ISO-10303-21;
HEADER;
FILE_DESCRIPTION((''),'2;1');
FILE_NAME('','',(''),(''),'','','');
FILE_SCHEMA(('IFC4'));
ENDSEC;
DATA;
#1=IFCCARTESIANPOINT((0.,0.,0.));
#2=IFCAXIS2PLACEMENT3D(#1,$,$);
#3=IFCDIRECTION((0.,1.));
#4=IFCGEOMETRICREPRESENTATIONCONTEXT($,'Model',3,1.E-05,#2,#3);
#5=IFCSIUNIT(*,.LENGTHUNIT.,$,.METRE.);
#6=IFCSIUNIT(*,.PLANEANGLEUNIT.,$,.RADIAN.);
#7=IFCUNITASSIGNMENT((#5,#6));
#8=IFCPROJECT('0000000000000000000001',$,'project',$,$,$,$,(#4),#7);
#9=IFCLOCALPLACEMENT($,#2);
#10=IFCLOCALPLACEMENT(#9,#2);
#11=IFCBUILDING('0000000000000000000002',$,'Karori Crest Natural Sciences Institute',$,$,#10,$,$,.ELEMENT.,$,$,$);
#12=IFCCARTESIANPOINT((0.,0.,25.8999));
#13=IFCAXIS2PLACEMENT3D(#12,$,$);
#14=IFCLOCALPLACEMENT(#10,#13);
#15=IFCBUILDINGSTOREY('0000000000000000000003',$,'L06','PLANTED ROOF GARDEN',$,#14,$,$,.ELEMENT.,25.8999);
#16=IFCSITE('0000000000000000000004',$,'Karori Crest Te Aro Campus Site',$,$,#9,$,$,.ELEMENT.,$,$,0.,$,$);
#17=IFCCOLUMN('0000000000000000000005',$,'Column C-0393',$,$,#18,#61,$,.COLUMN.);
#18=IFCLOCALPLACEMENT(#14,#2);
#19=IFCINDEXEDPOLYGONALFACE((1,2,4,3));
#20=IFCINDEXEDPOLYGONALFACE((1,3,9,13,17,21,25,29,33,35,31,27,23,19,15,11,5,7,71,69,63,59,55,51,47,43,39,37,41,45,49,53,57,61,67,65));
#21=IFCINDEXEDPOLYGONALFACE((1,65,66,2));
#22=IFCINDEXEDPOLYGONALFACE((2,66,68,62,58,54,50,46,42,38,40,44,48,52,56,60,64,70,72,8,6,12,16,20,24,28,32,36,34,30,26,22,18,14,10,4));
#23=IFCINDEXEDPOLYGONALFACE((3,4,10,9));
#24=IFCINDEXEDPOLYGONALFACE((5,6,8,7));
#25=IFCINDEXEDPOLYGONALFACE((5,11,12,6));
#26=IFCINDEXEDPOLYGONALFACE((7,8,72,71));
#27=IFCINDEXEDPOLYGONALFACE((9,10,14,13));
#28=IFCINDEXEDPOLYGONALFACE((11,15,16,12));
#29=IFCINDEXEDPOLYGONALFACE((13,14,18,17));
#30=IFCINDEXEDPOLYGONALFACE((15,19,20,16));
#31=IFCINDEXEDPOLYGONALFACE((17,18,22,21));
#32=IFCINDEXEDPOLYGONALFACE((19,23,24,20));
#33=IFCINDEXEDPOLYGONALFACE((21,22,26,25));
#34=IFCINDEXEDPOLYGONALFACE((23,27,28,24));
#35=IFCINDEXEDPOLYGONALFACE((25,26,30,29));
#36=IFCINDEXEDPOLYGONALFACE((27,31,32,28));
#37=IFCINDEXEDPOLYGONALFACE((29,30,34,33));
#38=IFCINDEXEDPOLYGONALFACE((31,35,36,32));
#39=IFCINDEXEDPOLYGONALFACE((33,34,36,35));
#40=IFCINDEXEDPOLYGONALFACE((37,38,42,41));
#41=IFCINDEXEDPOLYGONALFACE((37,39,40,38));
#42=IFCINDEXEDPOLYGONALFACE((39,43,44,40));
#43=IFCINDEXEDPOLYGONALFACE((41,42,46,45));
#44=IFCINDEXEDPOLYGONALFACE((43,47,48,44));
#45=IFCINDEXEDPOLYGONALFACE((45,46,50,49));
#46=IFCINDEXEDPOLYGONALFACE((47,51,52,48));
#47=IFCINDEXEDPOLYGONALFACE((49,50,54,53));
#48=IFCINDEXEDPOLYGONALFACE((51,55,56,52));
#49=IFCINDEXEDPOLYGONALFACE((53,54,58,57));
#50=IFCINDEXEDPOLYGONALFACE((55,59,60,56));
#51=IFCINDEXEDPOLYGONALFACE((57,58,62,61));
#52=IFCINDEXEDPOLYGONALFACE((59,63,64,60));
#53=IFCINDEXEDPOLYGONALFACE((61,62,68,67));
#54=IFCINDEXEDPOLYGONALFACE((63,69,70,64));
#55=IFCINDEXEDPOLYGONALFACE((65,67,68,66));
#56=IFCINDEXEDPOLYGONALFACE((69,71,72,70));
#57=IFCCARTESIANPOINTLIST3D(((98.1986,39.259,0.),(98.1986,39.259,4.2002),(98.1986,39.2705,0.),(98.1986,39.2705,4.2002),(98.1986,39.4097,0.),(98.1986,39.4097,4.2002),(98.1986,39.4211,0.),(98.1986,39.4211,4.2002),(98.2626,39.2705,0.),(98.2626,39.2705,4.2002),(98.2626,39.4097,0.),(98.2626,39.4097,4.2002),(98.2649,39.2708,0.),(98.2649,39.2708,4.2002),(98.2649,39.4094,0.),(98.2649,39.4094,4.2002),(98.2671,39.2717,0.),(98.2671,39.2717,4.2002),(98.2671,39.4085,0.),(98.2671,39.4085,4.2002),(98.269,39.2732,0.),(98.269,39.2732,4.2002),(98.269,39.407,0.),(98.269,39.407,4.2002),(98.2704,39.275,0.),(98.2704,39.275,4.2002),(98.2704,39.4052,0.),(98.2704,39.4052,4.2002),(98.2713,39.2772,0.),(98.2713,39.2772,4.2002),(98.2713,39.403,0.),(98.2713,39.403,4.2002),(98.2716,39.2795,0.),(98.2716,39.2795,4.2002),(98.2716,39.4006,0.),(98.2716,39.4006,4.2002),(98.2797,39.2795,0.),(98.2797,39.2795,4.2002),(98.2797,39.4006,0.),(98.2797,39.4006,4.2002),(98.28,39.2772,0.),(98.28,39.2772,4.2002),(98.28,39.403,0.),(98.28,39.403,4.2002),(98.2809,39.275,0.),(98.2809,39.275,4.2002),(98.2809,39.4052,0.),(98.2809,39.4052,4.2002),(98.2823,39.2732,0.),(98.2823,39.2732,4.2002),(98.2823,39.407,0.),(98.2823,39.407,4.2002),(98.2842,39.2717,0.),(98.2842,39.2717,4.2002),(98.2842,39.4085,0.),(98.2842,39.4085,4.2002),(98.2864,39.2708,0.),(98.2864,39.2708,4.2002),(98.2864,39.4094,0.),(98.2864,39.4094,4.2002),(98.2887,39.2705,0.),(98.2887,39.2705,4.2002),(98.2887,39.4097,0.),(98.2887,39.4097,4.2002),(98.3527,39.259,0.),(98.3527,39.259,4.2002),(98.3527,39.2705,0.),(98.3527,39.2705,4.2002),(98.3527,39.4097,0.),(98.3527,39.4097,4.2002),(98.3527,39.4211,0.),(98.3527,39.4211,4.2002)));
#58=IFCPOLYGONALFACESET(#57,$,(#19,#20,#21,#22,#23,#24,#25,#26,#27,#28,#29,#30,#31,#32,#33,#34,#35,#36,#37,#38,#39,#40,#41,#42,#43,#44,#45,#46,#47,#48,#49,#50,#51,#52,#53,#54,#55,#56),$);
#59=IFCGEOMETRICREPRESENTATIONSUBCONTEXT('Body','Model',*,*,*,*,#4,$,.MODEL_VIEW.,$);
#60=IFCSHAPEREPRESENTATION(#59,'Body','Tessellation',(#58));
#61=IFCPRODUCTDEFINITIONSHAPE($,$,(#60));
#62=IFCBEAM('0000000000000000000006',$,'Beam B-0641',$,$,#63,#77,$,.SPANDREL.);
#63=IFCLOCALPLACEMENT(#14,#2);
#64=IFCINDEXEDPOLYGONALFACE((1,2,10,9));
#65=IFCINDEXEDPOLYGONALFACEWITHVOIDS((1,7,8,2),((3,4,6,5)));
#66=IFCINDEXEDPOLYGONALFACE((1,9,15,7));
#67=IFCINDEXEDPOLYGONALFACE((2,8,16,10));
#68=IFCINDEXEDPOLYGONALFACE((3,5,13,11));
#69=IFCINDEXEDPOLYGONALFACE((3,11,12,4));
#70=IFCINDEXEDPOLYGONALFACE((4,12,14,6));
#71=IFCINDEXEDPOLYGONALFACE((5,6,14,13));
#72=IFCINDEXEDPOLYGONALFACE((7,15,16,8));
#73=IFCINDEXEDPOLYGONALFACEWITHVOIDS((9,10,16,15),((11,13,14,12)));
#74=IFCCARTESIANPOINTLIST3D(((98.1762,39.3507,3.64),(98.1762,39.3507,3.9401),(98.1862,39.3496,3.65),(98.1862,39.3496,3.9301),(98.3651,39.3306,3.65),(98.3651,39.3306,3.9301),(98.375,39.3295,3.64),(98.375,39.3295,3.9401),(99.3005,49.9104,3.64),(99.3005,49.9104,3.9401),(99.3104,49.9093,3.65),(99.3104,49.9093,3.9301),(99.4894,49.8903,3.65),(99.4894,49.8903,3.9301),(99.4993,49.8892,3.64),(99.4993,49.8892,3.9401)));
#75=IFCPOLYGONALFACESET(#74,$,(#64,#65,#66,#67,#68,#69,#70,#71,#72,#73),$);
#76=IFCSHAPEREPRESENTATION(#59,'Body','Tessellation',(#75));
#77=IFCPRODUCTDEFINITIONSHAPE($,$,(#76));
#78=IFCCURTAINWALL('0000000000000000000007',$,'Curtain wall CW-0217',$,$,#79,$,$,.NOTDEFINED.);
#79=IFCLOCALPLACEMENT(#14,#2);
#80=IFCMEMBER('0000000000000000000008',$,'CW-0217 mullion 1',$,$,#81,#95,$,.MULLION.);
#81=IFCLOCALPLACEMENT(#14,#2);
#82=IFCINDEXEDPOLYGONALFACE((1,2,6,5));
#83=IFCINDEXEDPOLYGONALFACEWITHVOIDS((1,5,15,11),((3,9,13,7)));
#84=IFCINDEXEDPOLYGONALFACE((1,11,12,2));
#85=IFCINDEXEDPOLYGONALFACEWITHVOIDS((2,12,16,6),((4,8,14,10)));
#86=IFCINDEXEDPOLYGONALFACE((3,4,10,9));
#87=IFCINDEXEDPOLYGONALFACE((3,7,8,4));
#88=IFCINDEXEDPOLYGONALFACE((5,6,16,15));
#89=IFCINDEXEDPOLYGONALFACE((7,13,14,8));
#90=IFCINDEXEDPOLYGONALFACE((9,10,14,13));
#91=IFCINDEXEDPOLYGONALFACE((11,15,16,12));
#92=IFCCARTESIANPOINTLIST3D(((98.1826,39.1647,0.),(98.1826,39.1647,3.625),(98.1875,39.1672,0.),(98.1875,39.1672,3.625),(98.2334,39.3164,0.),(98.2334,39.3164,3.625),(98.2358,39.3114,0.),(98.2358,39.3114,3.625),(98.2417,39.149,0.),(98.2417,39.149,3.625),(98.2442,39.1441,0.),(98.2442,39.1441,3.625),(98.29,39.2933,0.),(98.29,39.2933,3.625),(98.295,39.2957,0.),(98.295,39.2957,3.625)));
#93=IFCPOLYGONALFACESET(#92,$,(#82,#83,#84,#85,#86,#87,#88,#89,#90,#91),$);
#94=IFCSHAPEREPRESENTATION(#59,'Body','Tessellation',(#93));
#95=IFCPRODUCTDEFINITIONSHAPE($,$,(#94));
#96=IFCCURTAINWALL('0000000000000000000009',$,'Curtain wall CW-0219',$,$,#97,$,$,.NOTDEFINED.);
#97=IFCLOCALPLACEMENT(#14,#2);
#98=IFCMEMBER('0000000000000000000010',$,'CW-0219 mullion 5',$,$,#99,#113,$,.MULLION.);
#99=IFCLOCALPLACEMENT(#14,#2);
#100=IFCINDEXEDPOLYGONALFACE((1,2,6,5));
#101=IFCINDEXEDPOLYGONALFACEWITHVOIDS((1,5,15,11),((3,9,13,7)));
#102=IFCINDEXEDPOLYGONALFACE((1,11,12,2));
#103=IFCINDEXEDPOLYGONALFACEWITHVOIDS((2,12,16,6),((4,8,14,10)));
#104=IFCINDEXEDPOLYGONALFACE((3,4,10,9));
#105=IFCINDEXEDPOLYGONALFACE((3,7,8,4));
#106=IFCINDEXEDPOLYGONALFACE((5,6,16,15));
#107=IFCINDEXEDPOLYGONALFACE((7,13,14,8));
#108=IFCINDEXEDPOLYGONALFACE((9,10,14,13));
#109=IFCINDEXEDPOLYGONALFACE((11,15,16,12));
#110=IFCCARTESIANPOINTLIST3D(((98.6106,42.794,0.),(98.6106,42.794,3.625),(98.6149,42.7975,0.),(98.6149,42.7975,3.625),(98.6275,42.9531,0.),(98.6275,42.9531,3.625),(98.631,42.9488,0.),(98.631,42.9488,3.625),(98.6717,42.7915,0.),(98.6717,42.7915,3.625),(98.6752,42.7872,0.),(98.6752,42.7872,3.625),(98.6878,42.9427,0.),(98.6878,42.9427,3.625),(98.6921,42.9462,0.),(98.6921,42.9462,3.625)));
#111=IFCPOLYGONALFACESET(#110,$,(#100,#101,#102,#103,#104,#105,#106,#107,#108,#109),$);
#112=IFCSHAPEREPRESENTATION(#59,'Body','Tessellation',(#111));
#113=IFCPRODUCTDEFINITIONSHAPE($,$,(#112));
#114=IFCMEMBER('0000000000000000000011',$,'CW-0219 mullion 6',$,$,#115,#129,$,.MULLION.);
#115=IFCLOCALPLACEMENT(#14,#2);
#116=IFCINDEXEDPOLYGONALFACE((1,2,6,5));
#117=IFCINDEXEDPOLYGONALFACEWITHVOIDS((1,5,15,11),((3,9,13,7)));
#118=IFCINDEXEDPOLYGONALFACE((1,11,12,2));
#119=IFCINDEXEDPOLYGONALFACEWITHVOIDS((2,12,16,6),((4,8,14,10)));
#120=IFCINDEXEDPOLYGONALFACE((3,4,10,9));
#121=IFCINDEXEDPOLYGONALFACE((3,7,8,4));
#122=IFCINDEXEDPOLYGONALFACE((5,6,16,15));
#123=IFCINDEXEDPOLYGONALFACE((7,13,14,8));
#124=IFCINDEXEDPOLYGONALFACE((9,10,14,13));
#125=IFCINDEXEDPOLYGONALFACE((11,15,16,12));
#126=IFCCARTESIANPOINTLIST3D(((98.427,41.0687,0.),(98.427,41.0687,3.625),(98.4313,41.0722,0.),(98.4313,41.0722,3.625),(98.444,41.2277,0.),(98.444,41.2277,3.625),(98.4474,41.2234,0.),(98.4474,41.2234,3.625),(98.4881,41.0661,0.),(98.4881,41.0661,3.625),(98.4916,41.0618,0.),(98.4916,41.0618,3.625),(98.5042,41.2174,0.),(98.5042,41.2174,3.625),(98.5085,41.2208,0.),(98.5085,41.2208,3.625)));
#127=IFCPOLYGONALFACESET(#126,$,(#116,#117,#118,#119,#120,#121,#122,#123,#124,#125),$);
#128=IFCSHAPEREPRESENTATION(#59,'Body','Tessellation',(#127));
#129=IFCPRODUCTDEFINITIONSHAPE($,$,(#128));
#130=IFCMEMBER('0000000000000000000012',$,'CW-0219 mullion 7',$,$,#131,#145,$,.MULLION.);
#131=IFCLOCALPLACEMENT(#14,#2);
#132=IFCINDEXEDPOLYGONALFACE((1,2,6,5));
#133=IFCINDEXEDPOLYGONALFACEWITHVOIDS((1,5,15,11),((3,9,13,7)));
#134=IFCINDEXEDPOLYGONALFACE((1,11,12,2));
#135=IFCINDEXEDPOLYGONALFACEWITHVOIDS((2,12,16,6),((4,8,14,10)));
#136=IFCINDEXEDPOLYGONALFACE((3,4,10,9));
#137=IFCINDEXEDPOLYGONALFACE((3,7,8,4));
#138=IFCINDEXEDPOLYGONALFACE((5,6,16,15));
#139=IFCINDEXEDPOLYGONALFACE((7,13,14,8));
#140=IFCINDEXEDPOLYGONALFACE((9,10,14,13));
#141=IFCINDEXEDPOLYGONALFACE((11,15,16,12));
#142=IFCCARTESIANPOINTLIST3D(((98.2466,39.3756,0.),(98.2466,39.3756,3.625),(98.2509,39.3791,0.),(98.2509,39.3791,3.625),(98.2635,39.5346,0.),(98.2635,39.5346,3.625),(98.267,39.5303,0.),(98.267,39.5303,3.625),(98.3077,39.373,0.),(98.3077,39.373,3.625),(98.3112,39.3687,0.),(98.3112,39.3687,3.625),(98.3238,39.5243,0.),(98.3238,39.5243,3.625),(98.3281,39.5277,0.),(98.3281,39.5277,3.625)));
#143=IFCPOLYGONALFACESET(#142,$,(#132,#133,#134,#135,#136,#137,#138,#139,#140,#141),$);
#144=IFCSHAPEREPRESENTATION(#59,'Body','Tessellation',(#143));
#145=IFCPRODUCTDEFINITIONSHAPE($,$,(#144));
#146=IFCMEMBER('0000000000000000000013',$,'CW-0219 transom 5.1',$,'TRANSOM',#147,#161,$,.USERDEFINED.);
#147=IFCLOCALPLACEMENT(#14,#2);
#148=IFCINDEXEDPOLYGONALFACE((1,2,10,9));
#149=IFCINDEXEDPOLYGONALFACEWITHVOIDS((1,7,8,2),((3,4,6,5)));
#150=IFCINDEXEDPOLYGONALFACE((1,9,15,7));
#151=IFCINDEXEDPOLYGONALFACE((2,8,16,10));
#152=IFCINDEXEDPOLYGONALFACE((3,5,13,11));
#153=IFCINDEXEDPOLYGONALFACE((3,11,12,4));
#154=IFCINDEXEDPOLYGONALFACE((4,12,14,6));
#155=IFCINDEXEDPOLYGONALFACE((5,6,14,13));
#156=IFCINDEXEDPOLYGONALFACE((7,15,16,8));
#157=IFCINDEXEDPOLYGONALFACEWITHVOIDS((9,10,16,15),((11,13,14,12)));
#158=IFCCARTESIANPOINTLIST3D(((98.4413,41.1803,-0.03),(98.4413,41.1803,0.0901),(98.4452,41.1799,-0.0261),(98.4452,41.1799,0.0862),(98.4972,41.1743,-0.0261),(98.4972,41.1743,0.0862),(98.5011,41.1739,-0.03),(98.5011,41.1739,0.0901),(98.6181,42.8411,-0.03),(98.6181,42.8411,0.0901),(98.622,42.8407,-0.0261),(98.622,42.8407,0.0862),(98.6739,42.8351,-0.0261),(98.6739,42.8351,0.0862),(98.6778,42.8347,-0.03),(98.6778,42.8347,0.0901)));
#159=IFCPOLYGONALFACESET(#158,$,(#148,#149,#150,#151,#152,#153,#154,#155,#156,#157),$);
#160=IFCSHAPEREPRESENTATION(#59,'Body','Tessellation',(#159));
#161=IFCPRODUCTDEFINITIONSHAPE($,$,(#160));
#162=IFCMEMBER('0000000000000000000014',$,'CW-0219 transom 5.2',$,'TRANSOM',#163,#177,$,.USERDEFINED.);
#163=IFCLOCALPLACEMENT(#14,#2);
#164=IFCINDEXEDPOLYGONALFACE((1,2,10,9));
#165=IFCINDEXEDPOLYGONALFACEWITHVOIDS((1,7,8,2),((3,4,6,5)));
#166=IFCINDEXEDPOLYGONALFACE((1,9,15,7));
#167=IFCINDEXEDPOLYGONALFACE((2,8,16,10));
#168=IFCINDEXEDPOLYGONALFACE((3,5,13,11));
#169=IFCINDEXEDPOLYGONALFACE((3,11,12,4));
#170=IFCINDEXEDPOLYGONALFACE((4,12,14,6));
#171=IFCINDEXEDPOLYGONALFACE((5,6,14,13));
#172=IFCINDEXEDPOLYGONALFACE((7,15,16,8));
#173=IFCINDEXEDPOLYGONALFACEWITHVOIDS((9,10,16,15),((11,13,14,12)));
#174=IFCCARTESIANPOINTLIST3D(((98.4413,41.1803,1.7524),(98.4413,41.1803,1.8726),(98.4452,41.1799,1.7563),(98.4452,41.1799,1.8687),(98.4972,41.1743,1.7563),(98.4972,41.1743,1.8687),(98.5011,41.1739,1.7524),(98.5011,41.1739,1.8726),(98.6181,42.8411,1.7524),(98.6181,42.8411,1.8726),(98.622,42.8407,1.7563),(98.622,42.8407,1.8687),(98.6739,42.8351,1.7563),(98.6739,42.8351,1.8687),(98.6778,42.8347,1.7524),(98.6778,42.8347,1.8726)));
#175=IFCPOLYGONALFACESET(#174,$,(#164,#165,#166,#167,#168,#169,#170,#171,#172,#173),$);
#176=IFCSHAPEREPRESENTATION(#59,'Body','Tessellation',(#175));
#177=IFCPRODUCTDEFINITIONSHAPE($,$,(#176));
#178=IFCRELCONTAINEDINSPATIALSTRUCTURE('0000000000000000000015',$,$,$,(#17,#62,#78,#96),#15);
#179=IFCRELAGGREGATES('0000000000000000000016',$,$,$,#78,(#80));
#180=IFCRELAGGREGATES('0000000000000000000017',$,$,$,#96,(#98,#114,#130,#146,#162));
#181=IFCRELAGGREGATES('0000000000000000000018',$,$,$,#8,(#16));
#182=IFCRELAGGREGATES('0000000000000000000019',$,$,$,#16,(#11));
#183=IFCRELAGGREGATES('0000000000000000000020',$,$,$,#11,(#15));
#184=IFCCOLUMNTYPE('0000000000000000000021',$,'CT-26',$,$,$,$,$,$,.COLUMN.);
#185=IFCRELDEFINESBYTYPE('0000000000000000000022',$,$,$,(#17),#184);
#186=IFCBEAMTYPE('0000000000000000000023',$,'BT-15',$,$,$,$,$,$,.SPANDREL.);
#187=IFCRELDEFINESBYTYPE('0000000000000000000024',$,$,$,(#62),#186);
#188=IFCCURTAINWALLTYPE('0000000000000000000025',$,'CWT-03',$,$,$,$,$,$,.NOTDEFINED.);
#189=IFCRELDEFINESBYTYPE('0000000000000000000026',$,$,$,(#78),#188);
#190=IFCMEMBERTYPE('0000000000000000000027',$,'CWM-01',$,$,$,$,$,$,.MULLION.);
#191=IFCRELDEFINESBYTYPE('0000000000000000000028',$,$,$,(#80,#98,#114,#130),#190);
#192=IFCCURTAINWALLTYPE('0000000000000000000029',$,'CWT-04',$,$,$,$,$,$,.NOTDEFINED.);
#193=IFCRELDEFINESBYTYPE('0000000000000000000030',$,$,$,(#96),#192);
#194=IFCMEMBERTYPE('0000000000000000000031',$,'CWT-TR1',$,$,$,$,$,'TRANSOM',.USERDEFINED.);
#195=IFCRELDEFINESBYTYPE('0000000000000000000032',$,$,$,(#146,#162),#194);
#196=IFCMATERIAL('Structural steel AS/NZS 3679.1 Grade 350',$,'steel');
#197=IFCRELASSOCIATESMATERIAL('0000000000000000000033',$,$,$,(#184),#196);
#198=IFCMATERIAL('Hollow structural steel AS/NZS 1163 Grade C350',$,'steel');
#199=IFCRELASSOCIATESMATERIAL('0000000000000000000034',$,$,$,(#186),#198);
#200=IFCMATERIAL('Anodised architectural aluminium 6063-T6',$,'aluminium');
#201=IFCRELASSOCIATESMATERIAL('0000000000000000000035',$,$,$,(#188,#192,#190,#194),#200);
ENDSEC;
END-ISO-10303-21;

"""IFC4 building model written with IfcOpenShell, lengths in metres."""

from ifc_helpers import new_model, si_unit, direction, frame, origin, origin_2d, place, context, subcontext, project, spatial, hollow_rectangle, i_section, extrude, material, material_profile, profile_set, type_object, element, aggregate, save


model = new_model("IFC4")

# Units and contexts
model_context = context("Model", 3, precision=1e-05, world=origin(), true_north=direction((0.0, 1.0)))
body_context = subcontext(model_context, "Body", "Model", "MODEL_VIEW")
ifc_project = project(units=[si_unit("LENGTHUNIT", "METRE"), si_unit("PLANEANGLEUNIT", "RADIAN")], contexts=[model_context])

# Site, building, storey
site_placement = place(None, origin())
site = spatial("IfcSite", under=ifc_project, at=site_placement, Name="Karori Crest Te Aro Campus Site", CompositionType="ELEMENT", RefElevation=0.0)
building_placement = place(site_placement, origin())
building = spatial("IfcBuilding", under=site, at=building_placement, Name="Karori Crest Natural Sciences Institute", CompositionType="ELEMENT")
storey_placement = place(building_placement, frame((0.0, 0.0, 25.8999)))
storey = spatial("IfcBuildingStorey", under=building, at=storey_placement, Name="L06", Description="PLANTED ROOF GARDEN", CompositionType="ELEMENT", Elevation=25.8999)

# Column
ifc_material_1 = material(Name="Structural steel AS/NZS 3679.1 Grade 350", Category="steel")
ifc_material_profile_1 = material_profile(ifc_material_1, i_section(OverallWidth=0.1541, OverallDepth=0.1621, WebThickness=0.0081, FlangeThickness=0.0115, FilletRadius=0.009, at=origin_2d()), Name="150UC37.2")
ifc_profile_set_1 = profile_set([ifc_material_profile_1], Name="Structural steel AS/NZS 3679.1 Grade 350")
column_type = type_object("IfcColumnType", Name="CT-26", PredefinedType="COLUMN", material=ifc_profile_set_1)
column_placement = place(storey_placement, frame((98.2756, 39.3401, 0.0), z_axis=(0.0, 0.0, 1.0), x_axis=(1.0, 0.0, 0.0)))
element("IfcColumn", 1, at=column_placement, inside=storey, type_object=column_type, Name="Column C-0393", PredefinedType="COLUMN", context=body_context, shape_type="SweptSolid", body=[
    extrude(i_section(OverallWidth=0.1541, OverallDepth=0.1621, WebThickness=0.0081, FlangeThickness=0.0115, FilletRadius=0.009, at=origin_2d()), origin(), (0.0, 0.0, 1.0), 4.2002),
])

# Beam
ifc_material_2 = material(Name="Hollow structural steel AS/NZS 1163 Grade C350", Category="steel")
ifc_material_profile_2 = material_profile(ifc_material_2, hollow_rectangle(XDim=0.2, YDim=0.3, WallThickness=0.01, at=origin_2d()), Name="RHS300x200x10")
ifc_profile_set_2 = profile_set([ifc_material_profile_2], Name="Hollow structural steel AS/NZS 1163 Grade C350")
beam_type = type_object("IfcBeamType", Name="BT-15", PredefinedType="SPANDREL", material=ifc_profile_set_2)
beam_placement = place(storey_placement, frame((98.2756, 39.3401, 3.79), z_axis=(0.105868, 0.99438, 0.0), x_axis=(-0.99438, 0.105868, 0.0)))
element("IfcBeam", 2, at=beam_placement, inside=storey, type_object=beam_type, Name="Beam B-0641", PredefinedType="SPANDREL", context=body_context, shape_type="SweptSolid", body=[
    extrude(hollow_rectangle(XDim=0.2, YDim=0.3, WallThickness=0.01, at=origin_2d()), origin(), (0.0, 0.0, 1.0), 10.6194),
])

# Curtain wall, member
ifc_material_3 = material(Name="Anodised architectural aluminium 6063-T6", Category="aluminium")
curtain_wall_type_1 = type_object("IfcCurtainWallType", Name="CWT-03", PredefinedType="NOTDEFINED", material=ifc_material_3)
curtain_wall_1_placement = place(storey_placement, origin())
curtain_wall_1 = element("IfcCurtainWall", 3, at=curtain_wall_1_placement, inside=storey, type_object=curtain_wall_type_1, Name="Curtain wall CW-0217", PredefinedType="NOTDEFINED")
ifc_material_profile_3 = material_profile(ifc_material_3, hollow_rectangle(XDim=0.0649, YDim=0.1599, WallThickness=0.0039, at=origin_2d()), Name="CWM160x65x4")
ifc_profile_set_3 = profile_set([ifc_material_profile_3], Name="Anodised architectural aluminium 6063-T6")
member_type_1 = type_object("IfcMemberType", Name="CWM-01", PredefinedType="MULLION", material=ifc_profile_set_3)
member_1_placement = place(storey_placement, frame((98.2388, 39.2302, 0.0), z_axis=(0.0, 0.0, 1.0), x_axis=(0.948198, -0.31768, 0.0)))
member_1 = element("IfcMember", 4, at=member_1_placement, type_object=member_type_1, Name="CW-0217 mullion 1", PredefinedType="MULLION", context=body_context, shape_type="SweptSolid", body=[
    extrude(hollow_rectangle(XDim=0.0649, YDim=0.1599, WallThickness=0.0039, at=origin_2d()), origin(), (0.0, 0.0, 1.0), 3.625),
])

# Curtain wall, members
curtain_wall_type_2 = type_object("IfcCurtainWallType", Name="CWT-04", PredefinedType="NOTDEFINED", material=ifc_material_3)
curtain_wall_2_placement = place(storey_placement, origin())
curtain_wall_2 = element("IfcCurtainWall", 5, at=curtain_wall_2_placement, inside=storey, type_object=curtain_wall_type_2, Name="Curtain wall CW-0219", PredefinedType="NOTDEFINED")
member_2_placement = place(storey_placement, frame((98.6514, 42.8701, 0.0), z_axis=(0.0, 0.0, 1.0), x_axis=(0.994378, -0.105886, 0.0)))
member_2 = element("IfcMember", 6, at=member_2_placement, type_object=member_type_1, Name="CW-0219 mullion 5", PredefinedType="MULLION", context=body_context, shape_type="SweptSolid", body=[
    extrude(hollow_rectangle(XDim=0.0649, YDim=0.1599, WallThickness=0.0039, at=origin_2d()), origin(), (0.0, 0.0, 1.0), 3.625),
])
member_3_placement = place(storey_placement, frame((98.4678, 41.1448, 0.0), z_axis=(0.0, 0.0, 1.0), x_axis=(0.994378, -0.105886, 0.0)))
member_3 = element("IfcMember", 7, at=member_3_placement, type_object=member_type_1, Name="CW-0219 mullion 6", PredefinedType="MULLION", context=body_context, shape_type="SweptSolid", body=[
    extrude(hollow_rectangle(XDim=0.0649, YDim=0.1599, WallThickness=0.0039, at=origin_2d()), origin(), (0.0, 0.0, 1.0), 3.625),
])
member_4_placement = place(storey_placement, frame((98.2874, 39.4517, 0.0), z_axis=(0.0, 0.0, 1.0), x_axis=(0.994378, -0.105886, 0.0)))
member_4 = element("IfcMember", 8, at=member_4_placement, type_object=member_type_1, Name="CW-0219 mullion 7", PredefinedType="MULLION", context=body_context, shape_type="SweptSolid", body=[
    extrude(hollow_rectangle(XDim=0.0649, YDim=0.1599, WallThickness=0.0039, at=origin_2d()), origin(), (0.0, 0.0, 1.0), 3.625),
])
ifc_material_profile_4 = material_profile(ifc_material_3, hollow_rectangle(XDim=0.0601, YDim=0.1201, WallThickness=0.0039, at=origin_2d()), Name="CWT120x60x4")
ifc_profile_set_4 = profile_set([ifc_material_profile_4], Name="Anodised architectural aluminium 6063-T6")
member_type_2 = type_object("IfcMemberType", Name="CWT-TR1", ElementType="TRANSOM", PredefinedType="USERDEFINED", material=ifc_profile_set_4)
member_5_placement = place(storey_placement, frame((98.6479, 42.8379, 0.03), z_axis=(-0.105826, -0.994385, 0.0), x_axis=(0.994385, -0.105826, 0.0)))
member_5 = element("IfcMember", 9, at=member_5_placement, type_object=member_type_2, Name="CW-0219 transom 5.1", ObjectType="TRANSOM", PredefinedType="USERDEFINED", context=body_context, shape_type="SweptSolid", body=[
    extrude(hollow_rectangle(XDim=0.0601, YDim=0.1201, WallThickness=0.0039, at=origin_2d()), origin(), (0.0, 0.0, 1.0), 1.6702),
])
member_6_placement = place(storey_placement, frame((98.6479, 42.8379, 1.8125), z_axis=(-0.105826, -0.994385, 0.0), x_axis=(0.994385, -0.105826, 0.0)))
member_6 = element("IfcMember", 10, at=member_6_placement, type_object=member_type_2, Name="CW-0219 transom 5.2", ObjectType="TRANSOM", PredefinedType="USERDEFINED", context=body_context, shape_type="SweptSolid", body=[
    extrude(hollow_rectangle(XDim=0.0601, YDim=0.1201, WallThickness=0.0039, at=origin_2d()), origin(), (0.0, 0.0, 1.0), 1.6702),
])

aggregate(curtain_wall_1, [member_1])

aggregate(curtain_wall_2, [member_2, member_3, member_4, member_5, member_6])

save(model, "model.ifc")
